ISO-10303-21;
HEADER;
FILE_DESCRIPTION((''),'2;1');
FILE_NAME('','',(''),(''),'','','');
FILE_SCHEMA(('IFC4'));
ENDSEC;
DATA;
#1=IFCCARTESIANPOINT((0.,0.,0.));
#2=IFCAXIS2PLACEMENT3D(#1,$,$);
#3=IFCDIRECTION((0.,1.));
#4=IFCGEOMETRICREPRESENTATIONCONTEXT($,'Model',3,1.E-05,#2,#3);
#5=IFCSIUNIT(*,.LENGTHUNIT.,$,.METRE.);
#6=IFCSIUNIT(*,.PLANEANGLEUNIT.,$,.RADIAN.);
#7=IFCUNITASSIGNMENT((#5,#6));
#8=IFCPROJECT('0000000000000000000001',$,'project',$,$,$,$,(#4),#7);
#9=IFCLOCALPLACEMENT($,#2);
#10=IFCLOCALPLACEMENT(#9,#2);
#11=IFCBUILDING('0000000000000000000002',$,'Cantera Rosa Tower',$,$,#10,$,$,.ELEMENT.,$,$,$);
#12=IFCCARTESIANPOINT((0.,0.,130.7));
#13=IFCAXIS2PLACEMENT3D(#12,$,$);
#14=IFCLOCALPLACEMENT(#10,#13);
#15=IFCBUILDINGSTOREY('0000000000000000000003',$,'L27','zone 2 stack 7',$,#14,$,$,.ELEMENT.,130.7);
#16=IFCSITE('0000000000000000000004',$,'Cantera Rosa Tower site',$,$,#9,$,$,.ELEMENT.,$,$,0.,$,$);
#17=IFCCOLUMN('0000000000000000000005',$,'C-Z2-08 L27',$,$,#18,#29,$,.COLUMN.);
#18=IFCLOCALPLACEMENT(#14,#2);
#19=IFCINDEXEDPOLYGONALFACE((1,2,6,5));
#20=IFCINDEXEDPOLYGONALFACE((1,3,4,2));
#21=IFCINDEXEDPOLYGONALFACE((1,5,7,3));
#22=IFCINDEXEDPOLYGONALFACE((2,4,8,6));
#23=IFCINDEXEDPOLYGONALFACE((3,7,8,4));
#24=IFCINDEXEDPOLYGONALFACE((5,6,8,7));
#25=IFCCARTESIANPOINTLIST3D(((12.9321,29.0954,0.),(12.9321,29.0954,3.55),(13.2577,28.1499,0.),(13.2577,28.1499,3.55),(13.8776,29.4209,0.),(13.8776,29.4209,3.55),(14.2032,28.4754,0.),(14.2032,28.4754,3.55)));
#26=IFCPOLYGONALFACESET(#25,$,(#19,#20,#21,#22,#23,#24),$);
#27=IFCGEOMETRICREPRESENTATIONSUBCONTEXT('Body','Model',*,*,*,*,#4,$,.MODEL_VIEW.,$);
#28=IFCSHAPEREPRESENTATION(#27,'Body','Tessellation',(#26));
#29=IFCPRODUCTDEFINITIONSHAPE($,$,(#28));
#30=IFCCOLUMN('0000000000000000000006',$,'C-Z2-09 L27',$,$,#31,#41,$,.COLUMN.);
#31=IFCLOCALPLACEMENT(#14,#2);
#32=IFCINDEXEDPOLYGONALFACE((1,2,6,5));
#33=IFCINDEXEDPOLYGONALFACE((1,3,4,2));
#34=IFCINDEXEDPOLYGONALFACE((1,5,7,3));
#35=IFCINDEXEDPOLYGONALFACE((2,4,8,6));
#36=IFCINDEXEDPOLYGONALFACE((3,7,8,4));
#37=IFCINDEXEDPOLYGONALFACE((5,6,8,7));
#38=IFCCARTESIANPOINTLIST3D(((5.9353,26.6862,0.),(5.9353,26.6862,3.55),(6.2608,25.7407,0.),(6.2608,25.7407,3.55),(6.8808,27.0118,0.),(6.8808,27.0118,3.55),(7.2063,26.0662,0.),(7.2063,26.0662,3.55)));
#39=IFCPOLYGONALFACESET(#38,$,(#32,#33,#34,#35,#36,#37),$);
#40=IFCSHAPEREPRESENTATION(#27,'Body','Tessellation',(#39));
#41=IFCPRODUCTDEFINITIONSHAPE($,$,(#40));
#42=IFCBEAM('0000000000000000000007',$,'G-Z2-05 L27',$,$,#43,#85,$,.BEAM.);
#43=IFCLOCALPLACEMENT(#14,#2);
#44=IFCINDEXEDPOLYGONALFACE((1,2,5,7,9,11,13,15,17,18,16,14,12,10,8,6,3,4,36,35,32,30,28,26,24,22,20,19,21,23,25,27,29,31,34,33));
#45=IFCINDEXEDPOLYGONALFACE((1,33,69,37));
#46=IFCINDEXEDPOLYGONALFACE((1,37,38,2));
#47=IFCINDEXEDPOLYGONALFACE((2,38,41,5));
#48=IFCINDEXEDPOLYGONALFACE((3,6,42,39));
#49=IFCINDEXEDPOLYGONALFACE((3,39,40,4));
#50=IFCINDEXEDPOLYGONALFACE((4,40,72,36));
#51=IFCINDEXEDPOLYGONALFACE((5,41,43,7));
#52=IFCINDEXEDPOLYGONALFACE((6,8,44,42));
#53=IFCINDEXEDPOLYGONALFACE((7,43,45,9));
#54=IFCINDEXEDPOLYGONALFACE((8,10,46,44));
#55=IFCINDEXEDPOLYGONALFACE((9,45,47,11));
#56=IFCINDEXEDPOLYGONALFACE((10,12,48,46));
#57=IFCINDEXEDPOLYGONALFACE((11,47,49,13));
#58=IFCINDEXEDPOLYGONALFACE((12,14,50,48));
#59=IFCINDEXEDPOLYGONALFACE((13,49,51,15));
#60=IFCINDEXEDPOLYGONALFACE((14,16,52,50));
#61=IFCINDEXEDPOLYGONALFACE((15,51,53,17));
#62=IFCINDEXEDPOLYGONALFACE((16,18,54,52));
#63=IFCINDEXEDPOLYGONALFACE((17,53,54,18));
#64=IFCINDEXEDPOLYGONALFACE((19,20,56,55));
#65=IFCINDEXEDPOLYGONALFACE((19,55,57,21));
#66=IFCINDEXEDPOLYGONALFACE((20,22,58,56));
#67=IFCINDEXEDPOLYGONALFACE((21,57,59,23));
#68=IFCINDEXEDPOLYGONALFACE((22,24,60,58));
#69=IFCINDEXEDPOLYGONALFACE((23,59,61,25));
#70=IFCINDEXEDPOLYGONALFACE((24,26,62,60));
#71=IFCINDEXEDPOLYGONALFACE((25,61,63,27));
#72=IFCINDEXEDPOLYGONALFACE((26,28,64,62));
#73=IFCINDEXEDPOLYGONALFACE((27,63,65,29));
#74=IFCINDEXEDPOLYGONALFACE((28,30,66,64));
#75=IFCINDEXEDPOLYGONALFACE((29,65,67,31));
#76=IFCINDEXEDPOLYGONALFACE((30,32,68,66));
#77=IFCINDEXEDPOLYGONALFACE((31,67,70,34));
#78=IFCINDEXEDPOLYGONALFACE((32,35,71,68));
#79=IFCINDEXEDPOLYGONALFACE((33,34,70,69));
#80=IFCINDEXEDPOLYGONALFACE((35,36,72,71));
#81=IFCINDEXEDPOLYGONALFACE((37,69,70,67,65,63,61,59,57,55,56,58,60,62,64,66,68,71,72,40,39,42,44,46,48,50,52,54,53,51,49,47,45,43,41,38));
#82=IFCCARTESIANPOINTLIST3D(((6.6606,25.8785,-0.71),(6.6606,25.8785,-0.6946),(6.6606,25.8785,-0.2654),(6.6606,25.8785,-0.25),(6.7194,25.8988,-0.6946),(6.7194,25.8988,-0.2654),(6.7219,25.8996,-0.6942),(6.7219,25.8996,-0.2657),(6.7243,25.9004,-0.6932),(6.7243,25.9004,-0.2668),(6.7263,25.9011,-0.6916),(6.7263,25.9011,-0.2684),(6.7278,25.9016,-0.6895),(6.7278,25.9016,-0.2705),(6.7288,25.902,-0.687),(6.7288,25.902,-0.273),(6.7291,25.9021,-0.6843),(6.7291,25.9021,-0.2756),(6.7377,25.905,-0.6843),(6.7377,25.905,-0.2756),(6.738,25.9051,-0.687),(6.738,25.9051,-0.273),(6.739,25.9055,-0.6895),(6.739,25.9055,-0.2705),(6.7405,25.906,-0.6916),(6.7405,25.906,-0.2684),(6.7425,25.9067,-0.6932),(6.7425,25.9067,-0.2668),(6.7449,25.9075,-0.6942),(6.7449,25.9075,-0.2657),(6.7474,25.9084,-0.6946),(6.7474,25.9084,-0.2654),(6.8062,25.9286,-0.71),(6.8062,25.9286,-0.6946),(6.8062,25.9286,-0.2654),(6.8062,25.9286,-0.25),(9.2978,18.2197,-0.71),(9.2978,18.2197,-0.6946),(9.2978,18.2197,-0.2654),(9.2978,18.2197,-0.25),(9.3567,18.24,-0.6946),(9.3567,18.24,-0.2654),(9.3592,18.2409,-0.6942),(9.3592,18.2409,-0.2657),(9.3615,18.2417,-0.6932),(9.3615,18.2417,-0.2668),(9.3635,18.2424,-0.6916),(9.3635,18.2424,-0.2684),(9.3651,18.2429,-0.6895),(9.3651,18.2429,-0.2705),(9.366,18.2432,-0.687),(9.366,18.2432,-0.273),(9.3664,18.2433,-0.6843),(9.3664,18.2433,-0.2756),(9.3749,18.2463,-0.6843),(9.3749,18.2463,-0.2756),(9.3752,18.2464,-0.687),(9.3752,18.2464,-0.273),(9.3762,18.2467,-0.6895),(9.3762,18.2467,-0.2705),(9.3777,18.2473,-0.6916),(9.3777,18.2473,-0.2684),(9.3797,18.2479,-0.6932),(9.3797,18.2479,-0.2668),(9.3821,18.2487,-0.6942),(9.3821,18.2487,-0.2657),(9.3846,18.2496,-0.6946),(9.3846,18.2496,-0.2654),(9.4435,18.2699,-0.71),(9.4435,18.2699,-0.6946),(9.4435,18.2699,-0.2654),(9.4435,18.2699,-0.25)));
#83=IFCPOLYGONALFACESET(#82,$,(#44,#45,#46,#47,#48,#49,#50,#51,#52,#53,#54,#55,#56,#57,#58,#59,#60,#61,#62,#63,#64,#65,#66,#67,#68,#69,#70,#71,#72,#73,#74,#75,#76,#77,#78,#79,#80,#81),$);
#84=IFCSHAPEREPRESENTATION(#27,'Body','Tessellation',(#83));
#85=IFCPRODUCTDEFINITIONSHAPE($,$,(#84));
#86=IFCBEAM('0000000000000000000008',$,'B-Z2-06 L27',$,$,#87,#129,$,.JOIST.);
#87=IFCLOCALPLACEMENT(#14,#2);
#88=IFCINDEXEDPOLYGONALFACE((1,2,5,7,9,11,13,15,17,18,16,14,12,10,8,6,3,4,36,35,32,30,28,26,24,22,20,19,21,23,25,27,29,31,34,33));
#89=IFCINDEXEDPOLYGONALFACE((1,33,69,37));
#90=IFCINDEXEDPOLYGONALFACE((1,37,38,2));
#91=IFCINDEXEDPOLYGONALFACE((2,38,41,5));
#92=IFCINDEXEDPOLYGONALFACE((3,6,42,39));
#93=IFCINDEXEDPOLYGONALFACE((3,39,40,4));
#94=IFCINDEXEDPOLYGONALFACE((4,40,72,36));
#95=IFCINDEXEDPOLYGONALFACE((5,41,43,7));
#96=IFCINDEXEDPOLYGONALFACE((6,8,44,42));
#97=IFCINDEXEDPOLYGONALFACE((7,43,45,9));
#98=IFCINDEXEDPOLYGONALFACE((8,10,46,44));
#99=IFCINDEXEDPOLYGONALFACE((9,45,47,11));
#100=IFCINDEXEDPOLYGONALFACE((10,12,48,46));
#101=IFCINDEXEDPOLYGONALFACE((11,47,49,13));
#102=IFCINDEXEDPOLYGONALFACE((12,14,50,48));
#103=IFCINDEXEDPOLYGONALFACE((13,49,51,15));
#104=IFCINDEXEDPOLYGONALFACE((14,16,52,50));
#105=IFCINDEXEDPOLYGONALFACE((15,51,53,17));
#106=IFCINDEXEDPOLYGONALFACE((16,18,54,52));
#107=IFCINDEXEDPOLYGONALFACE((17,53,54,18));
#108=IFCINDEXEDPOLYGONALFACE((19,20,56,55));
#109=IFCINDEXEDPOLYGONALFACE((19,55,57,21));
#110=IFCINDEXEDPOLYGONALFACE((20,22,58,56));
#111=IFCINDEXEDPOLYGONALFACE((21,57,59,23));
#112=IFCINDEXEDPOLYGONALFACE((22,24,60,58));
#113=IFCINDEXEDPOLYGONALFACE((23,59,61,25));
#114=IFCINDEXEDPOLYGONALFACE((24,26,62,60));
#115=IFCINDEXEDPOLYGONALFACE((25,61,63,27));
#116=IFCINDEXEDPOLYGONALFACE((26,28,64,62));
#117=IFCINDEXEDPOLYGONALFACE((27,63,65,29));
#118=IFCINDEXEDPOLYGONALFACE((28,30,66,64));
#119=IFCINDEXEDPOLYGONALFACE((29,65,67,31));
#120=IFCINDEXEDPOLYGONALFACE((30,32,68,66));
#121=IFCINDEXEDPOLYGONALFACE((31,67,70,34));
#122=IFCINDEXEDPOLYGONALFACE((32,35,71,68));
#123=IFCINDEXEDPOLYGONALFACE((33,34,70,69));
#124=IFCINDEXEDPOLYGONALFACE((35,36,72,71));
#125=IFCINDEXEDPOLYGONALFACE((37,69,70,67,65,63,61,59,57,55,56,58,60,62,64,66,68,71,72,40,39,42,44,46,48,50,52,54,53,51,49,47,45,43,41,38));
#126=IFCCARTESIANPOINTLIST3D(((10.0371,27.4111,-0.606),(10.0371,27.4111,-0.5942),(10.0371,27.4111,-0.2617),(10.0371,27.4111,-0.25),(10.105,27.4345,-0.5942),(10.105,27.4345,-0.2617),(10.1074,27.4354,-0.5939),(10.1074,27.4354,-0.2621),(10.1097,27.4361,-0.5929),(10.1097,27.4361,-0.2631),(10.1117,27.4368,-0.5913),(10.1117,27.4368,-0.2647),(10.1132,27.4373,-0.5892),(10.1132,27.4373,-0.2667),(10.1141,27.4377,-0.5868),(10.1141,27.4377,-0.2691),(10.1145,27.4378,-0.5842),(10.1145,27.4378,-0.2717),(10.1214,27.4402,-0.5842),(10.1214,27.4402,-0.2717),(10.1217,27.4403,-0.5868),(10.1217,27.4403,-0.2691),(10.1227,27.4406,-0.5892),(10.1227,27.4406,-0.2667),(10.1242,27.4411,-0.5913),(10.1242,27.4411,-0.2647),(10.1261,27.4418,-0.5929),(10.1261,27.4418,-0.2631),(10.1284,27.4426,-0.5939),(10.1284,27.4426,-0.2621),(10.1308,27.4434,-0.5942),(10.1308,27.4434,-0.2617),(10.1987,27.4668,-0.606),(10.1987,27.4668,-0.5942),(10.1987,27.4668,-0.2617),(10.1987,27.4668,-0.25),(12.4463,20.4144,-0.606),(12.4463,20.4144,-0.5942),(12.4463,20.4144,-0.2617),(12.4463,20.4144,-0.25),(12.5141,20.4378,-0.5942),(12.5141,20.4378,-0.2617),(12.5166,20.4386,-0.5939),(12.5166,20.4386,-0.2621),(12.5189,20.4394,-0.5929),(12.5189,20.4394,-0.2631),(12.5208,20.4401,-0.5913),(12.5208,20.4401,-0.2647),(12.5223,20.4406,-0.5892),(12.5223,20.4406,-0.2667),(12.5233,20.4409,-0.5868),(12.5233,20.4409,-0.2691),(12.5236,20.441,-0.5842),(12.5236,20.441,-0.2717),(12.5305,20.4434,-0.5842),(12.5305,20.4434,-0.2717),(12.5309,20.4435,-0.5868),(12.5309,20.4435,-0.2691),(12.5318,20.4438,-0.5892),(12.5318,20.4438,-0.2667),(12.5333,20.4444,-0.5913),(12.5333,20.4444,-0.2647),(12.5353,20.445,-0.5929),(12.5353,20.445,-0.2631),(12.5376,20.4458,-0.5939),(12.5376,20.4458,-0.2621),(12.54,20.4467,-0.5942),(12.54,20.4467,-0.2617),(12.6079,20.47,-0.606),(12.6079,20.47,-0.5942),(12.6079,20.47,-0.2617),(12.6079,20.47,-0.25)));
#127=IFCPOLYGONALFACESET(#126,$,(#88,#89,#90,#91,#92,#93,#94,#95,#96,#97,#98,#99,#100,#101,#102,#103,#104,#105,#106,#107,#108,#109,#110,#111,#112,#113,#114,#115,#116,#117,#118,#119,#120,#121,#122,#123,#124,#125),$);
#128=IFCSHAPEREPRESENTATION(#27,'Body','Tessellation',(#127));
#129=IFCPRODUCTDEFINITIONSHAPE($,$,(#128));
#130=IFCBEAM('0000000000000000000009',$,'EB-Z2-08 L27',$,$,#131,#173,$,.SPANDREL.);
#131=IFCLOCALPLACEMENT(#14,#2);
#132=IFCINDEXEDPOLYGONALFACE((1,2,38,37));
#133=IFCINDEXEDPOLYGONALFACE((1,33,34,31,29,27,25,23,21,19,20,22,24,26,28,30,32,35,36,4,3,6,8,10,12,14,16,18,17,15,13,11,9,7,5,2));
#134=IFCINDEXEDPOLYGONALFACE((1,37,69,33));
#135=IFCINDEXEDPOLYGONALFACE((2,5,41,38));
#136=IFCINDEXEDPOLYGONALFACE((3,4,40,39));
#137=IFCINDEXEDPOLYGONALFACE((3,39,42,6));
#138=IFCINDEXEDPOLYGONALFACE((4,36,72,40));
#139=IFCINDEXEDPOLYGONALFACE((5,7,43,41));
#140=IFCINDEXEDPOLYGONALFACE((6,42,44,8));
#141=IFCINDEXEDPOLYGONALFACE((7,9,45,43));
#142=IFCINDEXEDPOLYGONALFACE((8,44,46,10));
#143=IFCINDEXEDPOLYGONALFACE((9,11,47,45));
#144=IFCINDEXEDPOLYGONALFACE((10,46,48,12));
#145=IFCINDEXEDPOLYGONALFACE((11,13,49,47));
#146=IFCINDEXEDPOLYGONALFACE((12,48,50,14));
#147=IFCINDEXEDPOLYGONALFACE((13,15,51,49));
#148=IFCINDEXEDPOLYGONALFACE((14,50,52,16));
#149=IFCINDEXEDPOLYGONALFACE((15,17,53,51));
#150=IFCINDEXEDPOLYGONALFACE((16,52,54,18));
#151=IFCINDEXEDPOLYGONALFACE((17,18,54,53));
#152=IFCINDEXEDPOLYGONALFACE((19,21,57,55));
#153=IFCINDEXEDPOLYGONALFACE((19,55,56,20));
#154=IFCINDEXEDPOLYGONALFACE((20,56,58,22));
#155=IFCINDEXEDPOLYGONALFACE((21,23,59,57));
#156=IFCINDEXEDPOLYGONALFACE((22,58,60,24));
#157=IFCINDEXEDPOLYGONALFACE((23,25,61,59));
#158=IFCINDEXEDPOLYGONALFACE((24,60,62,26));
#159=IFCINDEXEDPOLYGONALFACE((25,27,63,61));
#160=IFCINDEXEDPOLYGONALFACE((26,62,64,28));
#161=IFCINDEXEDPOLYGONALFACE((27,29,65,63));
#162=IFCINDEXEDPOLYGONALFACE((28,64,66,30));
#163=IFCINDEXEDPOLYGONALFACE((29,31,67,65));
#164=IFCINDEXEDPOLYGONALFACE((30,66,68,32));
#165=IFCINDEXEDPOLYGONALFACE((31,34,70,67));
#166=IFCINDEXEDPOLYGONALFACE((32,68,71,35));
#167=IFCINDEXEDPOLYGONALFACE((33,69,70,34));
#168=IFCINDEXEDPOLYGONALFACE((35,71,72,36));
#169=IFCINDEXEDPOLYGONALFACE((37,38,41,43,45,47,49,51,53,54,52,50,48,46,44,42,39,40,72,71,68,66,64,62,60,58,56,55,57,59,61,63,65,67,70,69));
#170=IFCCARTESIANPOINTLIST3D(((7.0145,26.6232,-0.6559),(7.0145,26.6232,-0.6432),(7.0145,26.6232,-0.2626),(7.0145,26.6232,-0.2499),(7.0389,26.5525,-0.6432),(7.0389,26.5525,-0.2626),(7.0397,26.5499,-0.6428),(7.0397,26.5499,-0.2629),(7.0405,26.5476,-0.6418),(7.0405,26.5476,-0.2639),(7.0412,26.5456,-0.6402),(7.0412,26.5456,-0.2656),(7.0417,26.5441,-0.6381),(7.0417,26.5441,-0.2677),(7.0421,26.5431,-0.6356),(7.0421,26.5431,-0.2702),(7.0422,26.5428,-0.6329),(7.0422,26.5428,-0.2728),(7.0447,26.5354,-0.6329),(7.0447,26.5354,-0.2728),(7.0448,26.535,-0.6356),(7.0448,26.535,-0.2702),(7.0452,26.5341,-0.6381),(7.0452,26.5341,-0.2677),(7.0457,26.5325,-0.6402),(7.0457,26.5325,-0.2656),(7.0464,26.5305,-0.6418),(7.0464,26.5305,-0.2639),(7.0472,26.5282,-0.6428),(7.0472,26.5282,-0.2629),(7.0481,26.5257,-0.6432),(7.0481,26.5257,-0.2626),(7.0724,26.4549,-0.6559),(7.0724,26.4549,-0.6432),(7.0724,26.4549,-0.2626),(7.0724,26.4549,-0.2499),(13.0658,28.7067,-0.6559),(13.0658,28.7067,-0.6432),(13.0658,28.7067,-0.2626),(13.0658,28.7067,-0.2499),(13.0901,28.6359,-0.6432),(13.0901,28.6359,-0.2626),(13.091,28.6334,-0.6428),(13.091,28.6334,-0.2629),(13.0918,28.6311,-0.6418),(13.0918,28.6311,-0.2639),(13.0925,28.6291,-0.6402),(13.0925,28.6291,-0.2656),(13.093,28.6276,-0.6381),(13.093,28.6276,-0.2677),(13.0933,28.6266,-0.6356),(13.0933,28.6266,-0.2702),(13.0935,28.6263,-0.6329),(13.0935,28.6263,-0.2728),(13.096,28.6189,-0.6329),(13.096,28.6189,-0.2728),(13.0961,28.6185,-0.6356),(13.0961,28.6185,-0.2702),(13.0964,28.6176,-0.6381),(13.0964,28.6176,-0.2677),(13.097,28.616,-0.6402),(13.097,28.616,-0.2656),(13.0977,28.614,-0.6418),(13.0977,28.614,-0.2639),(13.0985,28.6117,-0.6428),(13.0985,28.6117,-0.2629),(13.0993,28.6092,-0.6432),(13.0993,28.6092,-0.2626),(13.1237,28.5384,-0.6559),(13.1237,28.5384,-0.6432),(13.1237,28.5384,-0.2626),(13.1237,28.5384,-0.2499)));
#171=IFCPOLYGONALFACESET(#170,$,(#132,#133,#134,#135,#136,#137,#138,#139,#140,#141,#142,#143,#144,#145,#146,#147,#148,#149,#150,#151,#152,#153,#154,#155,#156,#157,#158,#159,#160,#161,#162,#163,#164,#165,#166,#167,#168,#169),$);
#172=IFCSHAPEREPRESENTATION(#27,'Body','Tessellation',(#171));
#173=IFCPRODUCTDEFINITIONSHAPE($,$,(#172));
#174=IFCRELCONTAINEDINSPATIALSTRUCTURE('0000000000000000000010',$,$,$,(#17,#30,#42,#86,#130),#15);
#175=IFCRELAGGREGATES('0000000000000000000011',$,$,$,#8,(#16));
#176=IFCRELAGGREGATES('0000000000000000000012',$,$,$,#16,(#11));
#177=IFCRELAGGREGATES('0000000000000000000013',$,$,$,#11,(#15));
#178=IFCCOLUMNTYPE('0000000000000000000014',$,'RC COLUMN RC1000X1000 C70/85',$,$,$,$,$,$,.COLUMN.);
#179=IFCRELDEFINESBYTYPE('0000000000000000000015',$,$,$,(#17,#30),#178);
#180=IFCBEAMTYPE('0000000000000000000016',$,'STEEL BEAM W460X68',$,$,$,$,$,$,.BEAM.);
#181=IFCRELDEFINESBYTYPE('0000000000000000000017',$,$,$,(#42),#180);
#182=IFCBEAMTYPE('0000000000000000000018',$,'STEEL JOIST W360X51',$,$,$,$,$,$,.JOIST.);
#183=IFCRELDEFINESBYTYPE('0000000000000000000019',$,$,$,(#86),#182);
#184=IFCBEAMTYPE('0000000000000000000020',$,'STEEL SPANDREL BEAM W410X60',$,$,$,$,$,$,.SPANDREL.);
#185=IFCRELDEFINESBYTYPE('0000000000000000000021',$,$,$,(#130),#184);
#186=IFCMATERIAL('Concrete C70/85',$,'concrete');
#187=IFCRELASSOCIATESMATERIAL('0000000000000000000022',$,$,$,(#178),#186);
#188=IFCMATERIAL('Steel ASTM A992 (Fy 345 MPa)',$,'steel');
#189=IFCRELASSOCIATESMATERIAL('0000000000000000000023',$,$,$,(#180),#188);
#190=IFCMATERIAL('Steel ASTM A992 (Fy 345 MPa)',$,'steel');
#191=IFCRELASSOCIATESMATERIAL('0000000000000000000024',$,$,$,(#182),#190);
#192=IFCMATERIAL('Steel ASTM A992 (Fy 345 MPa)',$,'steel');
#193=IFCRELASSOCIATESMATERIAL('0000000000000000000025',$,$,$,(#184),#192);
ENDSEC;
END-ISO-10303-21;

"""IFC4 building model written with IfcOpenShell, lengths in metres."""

from ifc_helpers import new_model, si_unit, direction, frame, origin, origin_2d, place, context, subcontext, project, spatial, rectangle, i_section, extrude, material, material_profile, profile_set, type_object, element, save


model = new_model("IFC4")

# Units and contexts
model_context = context("Model", 3, precision=1e-05, world=origin(), true_north=direction((0.0, 1.0)))
body_context = subcontext(model_context, "Body", "Model", "MODEL_VIEW")
ifc_project = project(units=[si_unit("LENGTHUNIT", "METRE"), si_unit("PLANEANGLEUNIT", "RADIAN")], contexts=[model_context])

# Site, building, storey
site_placement = place(None, origin())
site = spatial("IfcSite", under=ifc_project, at=site_placement, Name="Cantera Rosa Tower site", CompositionType="ELEMENT", RefElevation=0.0)
building_placement = place(site_placement, origin())
building = spatial("IfcBuilding", under=site, at=building_placement, Name="Cantera Rosa Tower", CompositionType="ELEMENT")
storey_placement = place(building_placement, frame((0.0, 0.0, 130.7)))
storey = spatial("IfcBuildingStorey", under=building, at=storey_placement, Name="L27", Description="zone 2 stack 7", CompositionType="ELEMENT", Elevation=130.7)

# Columns
ifc_material_1 = material(Name="Concrete C70/85", Category="concrete")
ifc_material_profile_1 = material_profile(ifc_material_1, rectangle(XDim=1.0, YDim=1.0, at=origin_2d()), Name="RC COLUMN RC1000X1000 C70/85")
ifc_profile_set_1 = profile_set([ifc_material_profile_1], Name="Concrete C70/85")
column_type = type_object("IfcColumnType", Name="RC COLUMN RC1000X1000 C70/85", PredefinedType="COLUMN", material=ifc_profile_set_1)
for number, where, z_axis, x_axis, name in (
    (1, (13.5676, 28.7854, 0.0), (0.0, 0.0, 1.0), (0.945519, 0.325568, 0.0), "C-Z2-08 L27"),
    (2, (6.5708, 26.3762, 0.0), (0.0, 0.0, 1.0), (0.945519, 0.325568, 0.0), "C-Z2-09 L27"),
):
    element("IfcColumn", number, at=place(storey_placement, frame(where, z_axis=z_axis, x_axis=x_axis)), inside=storey, type_object=column_type, Name=name, PredefinedType="COLUMN", context=body_context, shape_type="SweptSolid", body=[
        extrude(rectangle(XDim=1.0, YDim=1.0, at=origin_2d()), origin(), (0.0, 0.0, 1.0), 3.55),
    ])

# Beams
ifc_material_2 = material(Name="Steel ASTM A992 (Fy 345 MPa)", Category="steel")
ifc_material_profile_2 = material_profile(ifc_material_2, i_section(OverallWidth=0.1541, OverallDepth=0.46, WebThickness=0.009, FlangeThickness=0.0154, FilletRadius=0.0103, at=origin_2d()), Name="W460X68")
ifc_profile_set_2 = profile_set([ifc_material_profile_2], Name="Steel ASTM A992 (Fy 345 MPa)")
beam_type_1 = type_object("IfcBeamType", Name="STEEL BEAM W460X68", PredefinedType="BEAM", material=ifc_profile_set_2)
beam_1_placement = place(storey_placement, frame((6.7334, 25.9036, -0.48), z_axis=(0.32558, -0.945514, 0.0), x_axis=(0.945514, 0.32558, 0.0)))
element("IfcBeam", 3, at=beam_1_placement, inside=storey, type_object=beam_type_1, Name="G-Z2-05 L27", PredefinedType="BEAM", context=body_context, shape_type="SweptSolid", body=[
    extrude(i_section(OverallWidth=0.1541, OverallDepth=0.46, WebThickness=0.009, FlangeThickness=0.0154, FilletRadius=0.0103, at=origin_2d()), origin(), (0.0, 0.0, 1.0), 8.1001),
])
ifc_material_3 = material(Name="Steel ASTM A992 (Fy 345 MPa)", Category="steel")
ifc_material_profile_3 = material_profile(ifc_material_3, i_section(OverallWidth=0.1709, OverallDepth=0.356, WebThickness=0.0073, FlangeThickness=0.0117, FilletRadius=0.01, at=origin_2d()), Name="W360X51")
ifc_profile_set_3 = profile_set([ifc_material_profile_3], Name="Steel ASTM A992 (Fy 345 MPa)")
beam_type_2 = type_object("IfcBeamType", Name="STEEL JOIST W360X51", PredefinedType="JOIST", material=ifc_profile_set_3)
beam_2_placement = place(storey_placement, frame((10.1179, 27.439, -0.428), z_axis=(0.325566, -0.945519, 0.0), x_axis=(0.945519, 0.325566, 0.0)))
element("IfcBeam", 4, at=beam_2_placement, inside=storey, type_object=beam_type_2, Name="B-Z2-06 L27", PredefinedType="JOIST", context=body_context, shape_type="SweptSolid", body=[
    extrude(i_section(OverallWidth=0.1709, OverallDepth=0.356, WebThickness=0.0073, FlangeThickness=0.0117, FilletRadius=0.01, at=origin_2d()), origin(), (0.0, 0.0, 1.0), 7.3999),
])
ifc_material_4 = material(Name="Steel ASTM A992 (Fy 345 MPa)", Category="steel")
ifc_material_profile_4 = material_profile(ifc_material_4, i_section(OverallWidth=0.178, OverallDepth=0.406, WebThickness=0.0078, FlangeThickness=0.0127, FilletRadius=0.0103, at=origin_2d()), Name="W410X60")
ifc_profile_set_4 = profile_set([ifc_material_profile_4], Name="Steel ASTM A992 (Fy 345 MPa)")
beam_type_3 = type_object("IfcBeamType", Name="STEEL SPANDREL BEAM W410X60", PredefinedType="SPANDREL", material=ifc_profile_set_4)
for number, where, z_axis, x_axis, name in (
    (5, (13.0947, 28.6226, -0.4529), (-0.945524, -0.325551, 0.0), (0.325551, -0.945524, 0.0), "EB-Z2-08 L27"),
):
    element("IfcBeam", number, at=place(storey_placement, frame(where, z_axis=z_axis, x_axis=x_axis)), inside=storey, type_object=beam_type_3, Name=name, PredefinedType="SPANDREL", context=body_context, shape_type="SweptSolid", body=[
        extrude(i_section(OverallWidth=0.178, OverallDepth=0.406, WebThickness=0.0078, FlangeThickness=0.0127, FilletRadius=0.0103, at=origin_2d()), origin(), (0.0, 0.0, 1.0), 6.3999),
    ])

save(model, "model.ifc")
